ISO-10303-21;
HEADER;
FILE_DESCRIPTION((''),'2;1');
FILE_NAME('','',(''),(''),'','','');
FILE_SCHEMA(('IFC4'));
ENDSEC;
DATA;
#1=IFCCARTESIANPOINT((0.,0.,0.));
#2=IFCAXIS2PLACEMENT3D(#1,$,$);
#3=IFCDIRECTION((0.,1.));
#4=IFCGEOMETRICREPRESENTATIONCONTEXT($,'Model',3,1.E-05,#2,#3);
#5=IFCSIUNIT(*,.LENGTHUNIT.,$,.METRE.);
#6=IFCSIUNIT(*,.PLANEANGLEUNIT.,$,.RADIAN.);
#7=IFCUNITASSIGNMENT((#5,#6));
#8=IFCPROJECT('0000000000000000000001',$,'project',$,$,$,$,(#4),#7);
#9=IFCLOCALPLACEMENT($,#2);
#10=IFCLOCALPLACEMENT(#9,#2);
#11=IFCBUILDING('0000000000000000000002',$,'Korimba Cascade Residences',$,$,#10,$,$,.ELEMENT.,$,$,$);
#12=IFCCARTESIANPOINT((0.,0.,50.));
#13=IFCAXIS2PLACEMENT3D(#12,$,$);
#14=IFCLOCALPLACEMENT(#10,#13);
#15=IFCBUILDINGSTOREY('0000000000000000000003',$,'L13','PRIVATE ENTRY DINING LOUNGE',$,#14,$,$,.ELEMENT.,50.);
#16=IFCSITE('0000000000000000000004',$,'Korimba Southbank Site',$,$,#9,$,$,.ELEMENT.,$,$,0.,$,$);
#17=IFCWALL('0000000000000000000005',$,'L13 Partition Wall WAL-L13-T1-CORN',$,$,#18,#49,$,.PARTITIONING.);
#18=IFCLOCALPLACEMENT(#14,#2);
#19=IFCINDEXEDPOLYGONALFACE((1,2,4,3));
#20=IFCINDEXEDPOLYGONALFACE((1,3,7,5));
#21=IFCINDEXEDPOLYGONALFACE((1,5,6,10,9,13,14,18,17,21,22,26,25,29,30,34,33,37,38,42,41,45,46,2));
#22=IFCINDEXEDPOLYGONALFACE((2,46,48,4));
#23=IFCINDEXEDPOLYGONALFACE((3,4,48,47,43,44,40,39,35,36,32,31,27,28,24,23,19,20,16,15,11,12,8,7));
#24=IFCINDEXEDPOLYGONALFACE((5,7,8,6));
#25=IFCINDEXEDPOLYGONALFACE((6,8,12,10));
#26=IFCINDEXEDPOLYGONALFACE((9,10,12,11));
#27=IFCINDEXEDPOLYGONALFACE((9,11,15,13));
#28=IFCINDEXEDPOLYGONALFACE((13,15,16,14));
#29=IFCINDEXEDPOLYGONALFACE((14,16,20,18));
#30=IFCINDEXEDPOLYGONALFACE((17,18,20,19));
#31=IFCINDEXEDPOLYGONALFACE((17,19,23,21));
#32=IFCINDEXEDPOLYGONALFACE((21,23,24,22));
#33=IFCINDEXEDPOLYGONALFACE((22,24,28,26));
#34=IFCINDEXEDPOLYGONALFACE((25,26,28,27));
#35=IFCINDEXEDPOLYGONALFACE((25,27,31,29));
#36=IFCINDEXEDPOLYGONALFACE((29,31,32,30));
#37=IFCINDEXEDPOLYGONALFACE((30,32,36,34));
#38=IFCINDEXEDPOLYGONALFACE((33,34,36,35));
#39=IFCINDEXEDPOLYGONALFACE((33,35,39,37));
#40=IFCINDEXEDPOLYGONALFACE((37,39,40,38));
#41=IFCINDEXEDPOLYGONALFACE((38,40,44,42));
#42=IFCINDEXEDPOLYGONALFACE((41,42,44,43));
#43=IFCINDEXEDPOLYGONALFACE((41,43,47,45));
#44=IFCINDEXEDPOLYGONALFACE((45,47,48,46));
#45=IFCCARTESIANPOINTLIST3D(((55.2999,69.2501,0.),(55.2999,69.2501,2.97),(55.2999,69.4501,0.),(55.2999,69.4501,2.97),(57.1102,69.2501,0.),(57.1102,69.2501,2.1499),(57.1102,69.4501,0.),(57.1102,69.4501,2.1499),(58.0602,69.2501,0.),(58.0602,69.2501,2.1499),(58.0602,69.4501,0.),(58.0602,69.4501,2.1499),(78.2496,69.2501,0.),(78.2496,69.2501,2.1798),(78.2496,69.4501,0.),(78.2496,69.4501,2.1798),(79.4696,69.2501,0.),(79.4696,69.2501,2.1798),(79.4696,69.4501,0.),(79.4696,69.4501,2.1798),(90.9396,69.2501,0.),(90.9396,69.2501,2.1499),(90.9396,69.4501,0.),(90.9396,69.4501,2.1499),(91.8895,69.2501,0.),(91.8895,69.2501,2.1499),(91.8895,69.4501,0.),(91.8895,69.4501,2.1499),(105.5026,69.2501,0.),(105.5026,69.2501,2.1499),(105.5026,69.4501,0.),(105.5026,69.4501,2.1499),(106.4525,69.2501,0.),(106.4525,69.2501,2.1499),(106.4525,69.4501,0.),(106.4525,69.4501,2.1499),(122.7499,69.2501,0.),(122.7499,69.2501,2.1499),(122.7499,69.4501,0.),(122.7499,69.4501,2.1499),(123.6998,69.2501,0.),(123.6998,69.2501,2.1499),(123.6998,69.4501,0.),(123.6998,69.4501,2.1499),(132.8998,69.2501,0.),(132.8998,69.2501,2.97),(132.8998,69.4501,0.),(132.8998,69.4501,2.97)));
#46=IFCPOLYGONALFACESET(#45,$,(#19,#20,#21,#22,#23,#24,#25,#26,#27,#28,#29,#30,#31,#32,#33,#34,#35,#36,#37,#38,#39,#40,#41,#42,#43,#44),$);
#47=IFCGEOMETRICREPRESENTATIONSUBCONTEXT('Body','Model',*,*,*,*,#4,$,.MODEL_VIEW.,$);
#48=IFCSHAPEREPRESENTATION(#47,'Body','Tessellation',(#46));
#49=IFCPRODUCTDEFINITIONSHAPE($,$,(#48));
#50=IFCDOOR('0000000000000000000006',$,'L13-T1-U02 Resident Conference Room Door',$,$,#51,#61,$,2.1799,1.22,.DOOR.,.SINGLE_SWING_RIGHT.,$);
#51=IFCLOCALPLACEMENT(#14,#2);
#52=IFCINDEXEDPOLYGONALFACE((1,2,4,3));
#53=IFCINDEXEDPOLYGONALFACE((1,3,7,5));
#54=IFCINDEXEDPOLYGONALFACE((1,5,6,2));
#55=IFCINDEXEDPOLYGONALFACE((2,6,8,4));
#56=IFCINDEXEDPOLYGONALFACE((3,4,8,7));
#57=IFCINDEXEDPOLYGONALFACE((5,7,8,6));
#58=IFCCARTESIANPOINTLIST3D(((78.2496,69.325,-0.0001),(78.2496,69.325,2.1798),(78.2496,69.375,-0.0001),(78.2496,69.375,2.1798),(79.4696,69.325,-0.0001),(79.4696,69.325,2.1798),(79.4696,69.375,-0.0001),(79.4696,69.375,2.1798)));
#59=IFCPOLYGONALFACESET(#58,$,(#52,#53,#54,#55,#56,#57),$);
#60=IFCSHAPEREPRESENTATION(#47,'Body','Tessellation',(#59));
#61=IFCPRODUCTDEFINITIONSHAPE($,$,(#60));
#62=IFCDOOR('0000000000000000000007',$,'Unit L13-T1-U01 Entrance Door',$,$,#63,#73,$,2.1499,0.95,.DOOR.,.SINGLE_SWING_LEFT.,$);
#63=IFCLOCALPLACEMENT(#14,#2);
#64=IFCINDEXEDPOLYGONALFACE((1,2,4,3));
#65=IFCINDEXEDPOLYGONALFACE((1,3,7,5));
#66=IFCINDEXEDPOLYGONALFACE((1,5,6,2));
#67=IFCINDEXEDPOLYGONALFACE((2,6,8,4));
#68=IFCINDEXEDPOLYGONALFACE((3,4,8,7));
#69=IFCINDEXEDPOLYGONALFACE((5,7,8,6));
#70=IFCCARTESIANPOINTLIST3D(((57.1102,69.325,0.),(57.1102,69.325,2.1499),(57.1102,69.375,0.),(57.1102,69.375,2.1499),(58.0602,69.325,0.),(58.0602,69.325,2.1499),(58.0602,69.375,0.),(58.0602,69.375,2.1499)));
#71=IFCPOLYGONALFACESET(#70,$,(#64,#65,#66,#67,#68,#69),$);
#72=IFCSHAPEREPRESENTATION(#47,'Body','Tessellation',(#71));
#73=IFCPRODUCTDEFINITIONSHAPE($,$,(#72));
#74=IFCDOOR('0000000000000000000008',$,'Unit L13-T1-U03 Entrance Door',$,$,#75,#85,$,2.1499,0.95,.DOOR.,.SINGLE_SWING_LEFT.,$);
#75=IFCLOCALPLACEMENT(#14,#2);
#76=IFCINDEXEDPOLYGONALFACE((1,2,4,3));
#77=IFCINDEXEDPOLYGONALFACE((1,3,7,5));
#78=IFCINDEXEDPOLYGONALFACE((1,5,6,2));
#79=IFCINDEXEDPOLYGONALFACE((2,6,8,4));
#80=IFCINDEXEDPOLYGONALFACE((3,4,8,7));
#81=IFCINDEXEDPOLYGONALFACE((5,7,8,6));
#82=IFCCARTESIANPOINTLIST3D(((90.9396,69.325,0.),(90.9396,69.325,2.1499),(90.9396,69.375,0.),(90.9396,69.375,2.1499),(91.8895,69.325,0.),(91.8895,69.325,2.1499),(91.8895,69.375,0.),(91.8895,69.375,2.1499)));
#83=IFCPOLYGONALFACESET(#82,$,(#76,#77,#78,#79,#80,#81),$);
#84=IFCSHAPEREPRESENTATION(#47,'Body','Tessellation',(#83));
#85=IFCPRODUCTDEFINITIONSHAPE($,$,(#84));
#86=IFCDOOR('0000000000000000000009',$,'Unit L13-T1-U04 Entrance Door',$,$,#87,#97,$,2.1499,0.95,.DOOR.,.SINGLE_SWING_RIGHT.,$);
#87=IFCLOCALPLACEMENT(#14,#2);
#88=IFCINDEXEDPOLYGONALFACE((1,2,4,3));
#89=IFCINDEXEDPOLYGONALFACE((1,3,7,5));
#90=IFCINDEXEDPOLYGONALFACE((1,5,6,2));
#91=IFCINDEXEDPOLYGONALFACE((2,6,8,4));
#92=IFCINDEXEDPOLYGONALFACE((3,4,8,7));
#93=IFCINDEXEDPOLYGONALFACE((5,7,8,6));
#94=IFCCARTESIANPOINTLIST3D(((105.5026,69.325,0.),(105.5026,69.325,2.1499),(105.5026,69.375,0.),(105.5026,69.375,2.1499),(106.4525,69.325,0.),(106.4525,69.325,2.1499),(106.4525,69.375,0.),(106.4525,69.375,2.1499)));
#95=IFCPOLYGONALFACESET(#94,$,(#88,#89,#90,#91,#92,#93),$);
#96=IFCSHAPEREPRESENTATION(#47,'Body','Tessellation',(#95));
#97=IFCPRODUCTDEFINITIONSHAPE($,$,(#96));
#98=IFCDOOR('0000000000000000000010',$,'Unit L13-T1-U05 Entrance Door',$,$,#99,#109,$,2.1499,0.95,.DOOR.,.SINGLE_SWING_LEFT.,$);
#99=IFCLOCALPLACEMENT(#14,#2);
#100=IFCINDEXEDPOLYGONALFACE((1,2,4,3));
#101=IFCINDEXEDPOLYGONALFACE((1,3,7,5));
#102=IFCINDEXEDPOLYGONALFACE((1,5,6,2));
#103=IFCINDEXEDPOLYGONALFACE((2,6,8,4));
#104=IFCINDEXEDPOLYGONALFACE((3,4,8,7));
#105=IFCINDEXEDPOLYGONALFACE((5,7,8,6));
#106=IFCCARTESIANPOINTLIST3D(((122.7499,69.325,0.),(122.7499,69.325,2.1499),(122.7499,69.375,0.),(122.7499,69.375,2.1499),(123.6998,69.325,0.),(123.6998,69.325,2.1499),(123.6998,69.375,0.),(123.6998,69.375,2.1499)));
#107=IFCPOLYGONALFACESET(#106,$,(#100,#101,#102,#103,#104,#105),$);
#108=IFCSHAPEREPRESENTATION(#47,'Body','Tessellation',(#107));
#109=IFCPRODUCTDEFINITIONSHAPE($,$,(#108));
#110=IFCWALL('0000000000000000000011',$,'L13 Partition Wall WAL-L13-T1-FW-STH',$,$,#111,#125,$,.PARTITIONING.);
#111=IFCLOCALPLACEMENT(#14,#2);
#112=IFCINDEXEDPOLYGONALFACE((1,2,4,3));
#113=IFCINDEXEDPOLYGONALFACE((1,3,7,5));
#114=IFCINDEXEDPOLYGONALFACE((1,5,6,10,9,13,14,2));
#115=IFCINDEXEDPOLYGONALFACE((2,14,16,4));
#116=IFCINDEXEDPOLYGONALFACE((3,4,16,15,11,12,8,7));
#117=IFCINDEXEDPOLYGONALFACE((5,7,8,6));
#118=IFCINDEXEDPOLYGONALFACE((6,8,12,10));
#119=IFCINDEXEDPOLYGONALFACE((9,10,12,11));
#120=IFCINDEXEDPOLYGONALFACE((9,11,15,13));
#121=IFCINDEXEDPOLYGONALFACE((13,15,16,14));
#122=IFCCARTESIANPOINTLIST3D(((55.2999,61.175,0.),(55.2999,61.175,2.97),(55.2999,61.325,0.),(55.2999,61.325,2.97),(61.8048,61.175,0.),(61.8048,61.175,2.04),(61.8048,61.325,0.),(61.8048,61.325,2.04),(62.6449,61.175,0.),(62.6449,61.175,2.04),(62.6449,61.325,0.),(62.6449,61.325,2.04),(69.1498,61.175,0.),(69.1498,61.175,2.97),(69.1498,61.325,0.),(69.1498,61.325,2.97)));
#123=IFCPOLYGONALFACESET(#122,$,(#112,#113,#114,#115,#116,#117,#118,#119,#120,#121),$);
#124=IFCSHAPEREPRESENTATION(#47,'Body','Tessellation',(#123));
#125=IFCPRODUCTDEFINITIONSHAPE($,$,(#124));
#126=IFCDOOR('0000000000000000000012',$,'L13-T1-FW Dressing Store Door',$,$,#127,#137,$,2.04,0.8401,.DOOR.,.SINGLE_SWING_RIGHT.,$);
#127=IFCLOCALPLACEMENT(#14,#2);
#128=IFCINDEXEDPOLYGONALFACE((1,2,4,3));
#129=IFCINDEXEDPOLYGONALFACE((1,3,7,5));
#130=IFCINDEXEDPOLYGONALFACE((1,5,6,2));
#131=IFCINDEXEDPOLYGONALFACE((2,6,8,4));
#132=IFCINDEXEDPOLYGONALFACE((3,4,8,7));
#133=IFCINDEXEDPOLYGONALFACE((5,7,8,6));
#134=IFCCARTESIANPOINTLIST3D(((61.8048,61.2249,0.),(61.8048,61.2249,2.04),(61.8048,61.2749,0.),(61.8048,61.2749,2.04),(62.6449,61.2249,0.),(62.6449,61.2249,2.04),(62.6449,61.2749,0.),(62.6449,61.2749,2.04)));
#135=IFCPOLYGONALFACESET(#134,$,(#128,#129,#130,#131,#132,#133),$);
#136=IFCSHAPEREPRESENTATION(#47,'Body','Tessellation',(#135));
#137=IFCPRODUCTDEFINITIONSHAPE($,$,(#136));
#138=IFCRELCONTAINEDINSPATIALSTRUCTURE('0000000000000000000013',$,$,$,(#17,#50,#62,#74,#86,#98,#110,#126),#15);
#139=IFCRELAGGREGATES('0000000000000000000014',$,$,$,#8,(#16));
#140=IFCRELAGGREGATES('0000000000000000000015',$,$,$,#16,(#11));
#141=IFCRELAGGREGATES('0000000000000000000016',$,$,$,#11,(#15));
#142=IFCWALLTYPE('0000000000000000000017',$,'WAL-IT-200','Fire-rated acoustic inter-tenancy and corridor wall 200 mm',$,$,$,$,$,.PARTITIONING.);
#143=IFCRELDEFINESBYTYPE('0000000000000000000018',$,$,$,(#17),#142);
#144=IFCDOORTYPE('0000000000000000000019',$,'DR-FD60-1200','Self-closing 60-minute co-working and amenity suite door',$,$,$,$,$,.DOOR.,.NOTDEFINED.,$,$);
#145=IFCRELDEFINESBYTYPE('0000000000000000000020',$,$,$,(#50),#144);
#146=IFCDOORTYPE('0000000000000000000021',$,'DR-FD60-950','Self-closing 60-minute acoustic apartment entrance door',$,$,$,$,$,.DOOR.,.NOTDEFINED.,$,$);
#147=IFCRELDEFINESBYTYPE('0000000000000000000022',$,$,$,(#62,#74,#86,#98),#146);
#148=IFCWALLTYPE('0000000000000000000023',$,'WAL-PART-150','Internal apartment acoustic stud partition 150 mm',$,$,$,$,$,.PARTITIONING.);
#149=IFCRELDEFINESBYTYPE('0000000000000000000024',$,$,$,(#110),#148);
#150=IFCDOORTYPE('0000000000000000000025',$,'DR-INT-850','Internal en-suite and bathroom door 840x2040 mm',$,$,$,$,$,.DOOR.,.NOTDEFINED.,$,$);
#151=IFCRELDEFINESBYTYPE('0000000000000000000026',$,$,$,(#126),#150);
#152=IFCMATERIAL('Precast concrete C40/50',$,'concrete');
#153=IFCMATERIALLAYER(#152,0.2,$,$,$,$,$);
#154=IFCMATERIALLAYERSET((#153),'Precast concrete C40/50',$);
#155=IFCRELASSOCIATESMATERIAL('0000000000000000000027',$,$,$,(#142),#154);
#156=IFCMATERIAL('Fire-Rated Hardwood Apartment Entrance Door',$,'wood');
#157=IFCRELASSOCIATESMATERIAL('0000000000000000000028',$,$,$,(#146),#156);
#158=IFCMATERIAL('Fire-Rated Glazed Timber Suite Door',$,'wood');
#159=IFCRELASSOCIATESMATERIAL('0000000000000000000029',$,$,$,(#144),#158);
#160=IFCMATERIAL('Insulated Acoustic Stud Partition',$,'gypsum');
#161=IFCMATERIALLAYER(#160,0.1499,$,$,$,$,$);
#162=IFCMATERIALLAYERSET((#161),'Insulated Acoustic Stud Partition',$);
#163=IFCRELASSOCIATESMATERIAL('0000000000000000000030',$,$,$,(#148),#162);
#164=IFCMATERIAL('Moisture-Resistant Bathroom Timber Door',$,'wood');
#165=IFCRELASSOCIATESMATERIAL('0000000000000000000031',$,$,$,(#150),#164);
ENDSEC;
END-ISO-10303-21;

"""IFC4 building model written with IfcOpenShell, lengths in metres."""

from ifc_helpers import new_model, si_unit, direction, frame, frame_2d, origin, place, context, subcontext, project, spatial, rectangle, extrude, material, layer, layer_set, type_object, element, fill, save


model = new_model("IFC4")

# Units and contexts
model_context = context("Model", 3, precision=1e-05, world=origin(), true_north=direction((0.0, 1.0)))
body_context = subcontext(model_context, "Body", "Model", "MODEL_VIEW")
ifc_project = project(units=[si_unit("LENGTHUNIT", "METRE"), si_unit("PLANEANGLEUNIT", "RADIAN")], contexts=[model_context])

# Site, building, storey
site_placement = place(None, origin())
site = spatial("IfcSite", under=ifc_project, at=site_placement, Name="Korimba Southbank Site", CompositionType="ELEMENT", RefElevation=0.0)
building_placement = place(site_placement, origin())
building = spatial("IfcBuilding", under=site, at=building_placement, Name="Korimba Cascade Residences", CompositionType="ELEMENT")
storey_placement = place(building_placement, frame((0.0, 0.0, 50.0)))
storey = spatial("IfcBuildingStorey", under=building, at=storey_placement, Name="L13", Description="PRIVATE ENTRY DINING LOUNGE", CompositionType="ELEMENT", Elevation=50.0)

# Shared definitions
ifc_material_1 = material(Name="Precast concrete C40/50", Category="concrete")
ifc_layer_1 = layer(ifc_material_1, 0.2)
ifc_layer_set_1 = layer_set([ifc_layer_1], Name="Precast concrete C40/50")
wall_type_1 = type_object("IfcWallType", Name="WAL-IT-200", Description="Fire-rated acoustic inter-tenancy and corridor wall 200 mm", PredefinedType="PARTITIONING", material=ifc_layer_set_1)
ifc_material_2 = material(Name="Fire-Rated Hardwood Apartment Entrance Door", Category="wood")
door_type_1 = type_object("IfcDoorType", Name="DR-FD60-950", Description="Self-closing 60-minute acoustic apartment entrance door", OperationType="NOTDEFINED", PredefinedType="DOOR", material=ifc_material_2)

# Wall, openings, doors
wall_1_placement = place(storey_placement, frame((55.3, 69.3501, 0.0), z_axis=(0.0, 0.0, 1.0), x_axis=(1.0, 0.0, 0.0)))
wall_1 = element("IfcWall", 1, at=wall_1_placement, inside=storey, type_object=wall_type_1, Name="L13 Partition Wall WAL-L13-T1-CORN", PredefinedType="PARTITIONING", context=body_context, shape_type="SweptSolid", body=[
    extrude(rectangle(XDim=77.5999, YDim=0.2, at=frame_2d((38.7998, 0.0))), origin(), (0.0, 0.0, 1.0), 2.97),
])
opening_1_placement = place(wall_1_placement, frame((1.8101, 0.0, 0.0)))
opening_1 = element("IfcOpeningElement", 2, at=opening_1_placement, cuts=wall_1, PredefinedType="OPENING", context=body_context, shape_type="SweptSolid", body=[
    extrude(rectangle(XDim=0.95, YDim=2.1499, at=frame_2d((0.4751, 1.075))), frame((0.0, 0.1099, 0.0), z_axis=(0.0, -1.0, 0.0), x_axis=(1.0, 0.0, 0.0)), (0.0, 0.0, 1.0), 0.22),
])
opening_2_placement = place(wall_1_placement, frame((22.9497, 0.0, 0.0)))
opening_2 = element("IfcOpeningElement", 3, at=opening_2_placement, cuts=wall_1, PredefinedType="OPENING", context=body_context, shape_type="SweptSolid", body=[
    extrude(rectangle(XDim=1.22, YDim=2.1799, at=frame_2d((0.6099, 1.0898))), frame((0.0, 0.1099, 0.0), z_axis=(0.0, -1.0, 0.0), x_axis=(1.0, 0.0, 0.0)), (0.0, 0.0, 1.0), 0.22),
])
opening_3_placement = place(wall_1_placement, frame((35.6394, 0.0, 0.0)))
opening_3 = element("IfcOpeningElement", 4, at=opening_3_placement, cuts=wall_1, PredefinedType="OPENING", context=body_context, shape_type="SweptSolid", body=[
    extrude(rectangle(XDim=0.95, YDim=2.1499, at=frame_2d((0.4751, 1.075))), frame((0.0, 0.1099, 0.0), z_axis=(0.0, -1.0, 0.0), x_axis=(1.0, 0.0, 0.0)), (0.0, 0.0, 1.0), 0.22),
])
opening_4_placement = place(wall_1_placement, frame((50.2024, 0.0, 0.0)))
opening_4 = element("IfcOpeningElement", 5, at=opening_4_placement, cuts=wall_1, PredefinedType="OPENING", context=body_context, shape_type="SweptSolid", body=[
    extrude(rectangle(XDim=0.95, YDim=2.1499, at=frame_2d((0.4751, 1.075))), frame((0.0, 0.1099, 0.0), z_axis=(0.0, -1.0, 0.0), x_axis=(1.0, 0.0, 0.0)), (0.0, 0.0, 1.0), 0.22),
])
opening_5_placement = place(wall_1_placement, frame((67.4497, 0.0, 0.0)))
opening_5 = element("IfcOpeningElement", 6, at=opening_5_placement, cuts=wall_1, PredefinedType="OPENING", context=body_context, shape_type="SweptSolid", body=[
    extrude(rectangle(XDim=0.95, YDim=2.1499, at=frame_2d((0.4751, 1.075))), frame((0.0, 0.1099, 0.0), z_axis=(0.0, -1.0, 0.0), x_axis=(1.0, 0.0, 0.0)), (0.0, 0.0, 1.0), 0.22),
])
ifc_material_3 = material(Name="Fire-Rated Glazed Timber Suite Door", Category="wood")
door_type_2 = type_object("IfcDoorType", Name="DR-FD60-1200", Description="Self-closing 60-minute co-working and amenity suite door", OperationType="NOTDEFINED", PredefinedType="DOOR", material=ifc_material_3)
door_1_placement = place(opening_2_placement, origin())
door_1 = element("IfcDoor", 7, at=door_1_placement, inside=storey, type_object=door_type_2, Name="L13-T1-U02 Resident Conference Room Door", OperationType="SINGLE_SWING_RIGHT", OverallHeight=2.1799, OverallWidth=1.22, PredefinedType="DOOR", context=body_context, shape_type="SweptSolid", body=[
    extrude(rectangle(XDim=1.22, YDim=2.1799, at=frame_2d((0.6099, 1.0898))), frame((0.0, 0.0249, 0.0), z_axis=(0.0, -1.0, 0.0), x_axis=(1.0, 0.0, 0.0)), (0.0, 0.0, 1.0), 0.05),
])
fill(opening_2, door_1)
door_2_placement = place(opening_1_placement, origin())
door_2 = element("IfcDoor", 8, at=door_2_placement, inside=storey, type_object=door_type_1, Name="Unit L13-T1-U01 Entrance Door", OperationType="SINGLE_SWING_LEFT", OverallHeight=2.1499, OverallWidth=0.95, PredefinedType="DOOR", context=body_context, shape_type="SweptSolid", body=[
    extrude(rectangle(XDim=0.95, YDim=2.1499, at=frame_2d((0.4751, 1.075))), frame((0.0, 0.0249, 0.0), z_axis=(0.0, -1.0, 0.0), x_axis=(1.0, 0.0, 0.0)), (0.0, 0.0, 1.0), 0.05),
])
fill(opening_1, door_2)
door_3_placement = place(opening_3_placement, origin())
door_3 = element("IfcDoor", 9, at=door_3_placement, inside=storey, type_object=door_type_1, Name="Unit L13-T1-U03 Entrance Door", OperationType="SINGLE_SWING_LEFT", OverallHeight=2.1499, OverallWidth=0.95, PredefinedType="DOOR", context=body_context, shape_type="SweptSolid", body=[
    extrude(rectangle(XDim=0.95, YDim=2.1499, at=frame_2d((0.4751, 1.075))), frame((0.0, 0.0249, 0.0), z_axis=(0.0, -1.0, 0.0), x_axis=(1.0, 0.0, 0.0)), (0.0, 0.0, 1.0), 0.05),
])
fill(opening_3, door_3)
door_4_placement = place(opening_4_placement, origin())
door_4 = element("IfcDoor", 10, at=door_4_placement, inside=storey, type_object=door_type_1, Name="Unit L13-T1-U04 Entrance Door", OperationType="SINGLE_SWING_RIGHT", OverallHeight=2.1499, OverallWidth=0.95, PredefinedType="DOOR", context=body_context, shape_type="SweptSolid", body=[
    extrude(rectangle(XDim=0.95, YDim=2.1499, at=frame_2d((0.4751, 1.075))), frame((0.0, 0.0249, 0.0), z_axis=(0.0, -1.0, 0.0), x_axis=(1.0, 0.0, 0.0)), (0.0, 0.0, 1.0), 0.05),
])
fill(opening_4, door_4)
door_5_placement = place(opening_5_placement, origin())
door_5 = element("IfcDoor", 11, at=door_5_placement, inside=storey, type_object=door_type_1, Name="Unit L13-T1-U05 Entrance Door", OperationType="SINGLE_SWING_LEFT", OverallHeight=2.1499, OverallWidth=0.95, PredefinedType="DOOR", context=body_context, shape_type="SweptSolid", body=[
    extrude(rectangle(XDim=0.95, YDim=2.1499, at=frame_2d((0.4751, 1.075))), frame((0.0, 0.0249, 0.0), z_axis=(0.0, -1.0, 0.0), x_axis=(1.0, 0.0, 0.0)), (0.0, 0.0, 1.0), 0.05),
])
fill(opening_5, door_5)

# Wall, opening, door
ifc_material_4 = material(Name="Insulated Acoustic Stud Partition", Category="gypsum")
ifc_layer_2 = layer(ifc_material_4, 0.1499)
ifc_layer_set_2 = layer_set([ifc_layer_2], Name="Insulated Acoustic Stud Partition")
wall_type_2 = type_object("IfcWallType", Name="WAL-PART-150", Description="Internal apartment acoustic stud partition 150 mm", PredefinedType="PARTITIONING", material=ifc_layer_set_2)
wall_2_placement = place(storey_placement, frame((55.3, 61.25, 0.0), z_axis=(0.0, 0.0, 1.0), x_axis=(1.0, 0.0, 0.0)))
wall_2 = element("IfcWall", 12, at=wall_2_placement, inside=storey, type_object=wall_type_2, Name="L13 Partition Wall WAL-L13-T1-FW-STH", PredefinedType="PARTITIONING", context=body_context, shape_type="SweptSolid", body=[
    extrude(rectangle(XDim=13.8499, YDim=0.1499, at=frame_2d((6.9248, 0.0))), origin(), (0.0, 0.0, 1.0), 2.97),
])
opening_6_placement = place(wall_2_placement, frame((6.5049, 0.0, 0.0)))
opening_6 = element("IfcOpeningElement", 13, at=opening_6_placement, cuts=wall_2, PredefinedType="OPENING", context=body_context, shape_type="SweptSolid", body=[
    extrude(rectangle(XDim=0.8401, YDim=2.04, at=frame_2d((0.4199, 1.02))), frame((0.0, 0.085, 0.0), z_axis=(0.0, -1.0, 0.0), x_axis=(1.0, 0.0, 0.0)), (0.0, 0.0, 1.0), 0.1699),
])
ifc_material_5 = material(Name="Moisture-Resistant Bathroom Timber Door", Category="wood")
door_type_3 = type_object("IfcDoorType", Name="DR-INT-850", Description="Internal en-suite and bathroom door 840x2040 mm", OperationType="NOTDEFINED", PredefinedType="DOOR", material=ifc_material_5)
door_6_placement = place(opening_6_placement, origin())
door_6 = element("IfcDoor", 14, at=door_6_placement, inside=storey, type_object=door_type_3, Name="L13-T1-FW Dressing Store Door", OperationType="SINGLE_SWING_RIGHT", OverallHeight=2.04, OverallWidth=0.8401, PredefinedType="DOOR", context=body_context, shape_type="SweptSolid", body=[
    extrude(rectangle(XDim=0.8401, YDim=2.04, at=frame_2d((0.4199, 1.02))), frame((0.0, 0.0249, 0.0), z_axis=(0.0, -1.0, 0.0), x_axis=(1.0, 0.0, 0.0)), (0.0, 0.0, 1.0), 0.05),
])
fill(opening_6, door_6)

save(model, "model.ifc")
